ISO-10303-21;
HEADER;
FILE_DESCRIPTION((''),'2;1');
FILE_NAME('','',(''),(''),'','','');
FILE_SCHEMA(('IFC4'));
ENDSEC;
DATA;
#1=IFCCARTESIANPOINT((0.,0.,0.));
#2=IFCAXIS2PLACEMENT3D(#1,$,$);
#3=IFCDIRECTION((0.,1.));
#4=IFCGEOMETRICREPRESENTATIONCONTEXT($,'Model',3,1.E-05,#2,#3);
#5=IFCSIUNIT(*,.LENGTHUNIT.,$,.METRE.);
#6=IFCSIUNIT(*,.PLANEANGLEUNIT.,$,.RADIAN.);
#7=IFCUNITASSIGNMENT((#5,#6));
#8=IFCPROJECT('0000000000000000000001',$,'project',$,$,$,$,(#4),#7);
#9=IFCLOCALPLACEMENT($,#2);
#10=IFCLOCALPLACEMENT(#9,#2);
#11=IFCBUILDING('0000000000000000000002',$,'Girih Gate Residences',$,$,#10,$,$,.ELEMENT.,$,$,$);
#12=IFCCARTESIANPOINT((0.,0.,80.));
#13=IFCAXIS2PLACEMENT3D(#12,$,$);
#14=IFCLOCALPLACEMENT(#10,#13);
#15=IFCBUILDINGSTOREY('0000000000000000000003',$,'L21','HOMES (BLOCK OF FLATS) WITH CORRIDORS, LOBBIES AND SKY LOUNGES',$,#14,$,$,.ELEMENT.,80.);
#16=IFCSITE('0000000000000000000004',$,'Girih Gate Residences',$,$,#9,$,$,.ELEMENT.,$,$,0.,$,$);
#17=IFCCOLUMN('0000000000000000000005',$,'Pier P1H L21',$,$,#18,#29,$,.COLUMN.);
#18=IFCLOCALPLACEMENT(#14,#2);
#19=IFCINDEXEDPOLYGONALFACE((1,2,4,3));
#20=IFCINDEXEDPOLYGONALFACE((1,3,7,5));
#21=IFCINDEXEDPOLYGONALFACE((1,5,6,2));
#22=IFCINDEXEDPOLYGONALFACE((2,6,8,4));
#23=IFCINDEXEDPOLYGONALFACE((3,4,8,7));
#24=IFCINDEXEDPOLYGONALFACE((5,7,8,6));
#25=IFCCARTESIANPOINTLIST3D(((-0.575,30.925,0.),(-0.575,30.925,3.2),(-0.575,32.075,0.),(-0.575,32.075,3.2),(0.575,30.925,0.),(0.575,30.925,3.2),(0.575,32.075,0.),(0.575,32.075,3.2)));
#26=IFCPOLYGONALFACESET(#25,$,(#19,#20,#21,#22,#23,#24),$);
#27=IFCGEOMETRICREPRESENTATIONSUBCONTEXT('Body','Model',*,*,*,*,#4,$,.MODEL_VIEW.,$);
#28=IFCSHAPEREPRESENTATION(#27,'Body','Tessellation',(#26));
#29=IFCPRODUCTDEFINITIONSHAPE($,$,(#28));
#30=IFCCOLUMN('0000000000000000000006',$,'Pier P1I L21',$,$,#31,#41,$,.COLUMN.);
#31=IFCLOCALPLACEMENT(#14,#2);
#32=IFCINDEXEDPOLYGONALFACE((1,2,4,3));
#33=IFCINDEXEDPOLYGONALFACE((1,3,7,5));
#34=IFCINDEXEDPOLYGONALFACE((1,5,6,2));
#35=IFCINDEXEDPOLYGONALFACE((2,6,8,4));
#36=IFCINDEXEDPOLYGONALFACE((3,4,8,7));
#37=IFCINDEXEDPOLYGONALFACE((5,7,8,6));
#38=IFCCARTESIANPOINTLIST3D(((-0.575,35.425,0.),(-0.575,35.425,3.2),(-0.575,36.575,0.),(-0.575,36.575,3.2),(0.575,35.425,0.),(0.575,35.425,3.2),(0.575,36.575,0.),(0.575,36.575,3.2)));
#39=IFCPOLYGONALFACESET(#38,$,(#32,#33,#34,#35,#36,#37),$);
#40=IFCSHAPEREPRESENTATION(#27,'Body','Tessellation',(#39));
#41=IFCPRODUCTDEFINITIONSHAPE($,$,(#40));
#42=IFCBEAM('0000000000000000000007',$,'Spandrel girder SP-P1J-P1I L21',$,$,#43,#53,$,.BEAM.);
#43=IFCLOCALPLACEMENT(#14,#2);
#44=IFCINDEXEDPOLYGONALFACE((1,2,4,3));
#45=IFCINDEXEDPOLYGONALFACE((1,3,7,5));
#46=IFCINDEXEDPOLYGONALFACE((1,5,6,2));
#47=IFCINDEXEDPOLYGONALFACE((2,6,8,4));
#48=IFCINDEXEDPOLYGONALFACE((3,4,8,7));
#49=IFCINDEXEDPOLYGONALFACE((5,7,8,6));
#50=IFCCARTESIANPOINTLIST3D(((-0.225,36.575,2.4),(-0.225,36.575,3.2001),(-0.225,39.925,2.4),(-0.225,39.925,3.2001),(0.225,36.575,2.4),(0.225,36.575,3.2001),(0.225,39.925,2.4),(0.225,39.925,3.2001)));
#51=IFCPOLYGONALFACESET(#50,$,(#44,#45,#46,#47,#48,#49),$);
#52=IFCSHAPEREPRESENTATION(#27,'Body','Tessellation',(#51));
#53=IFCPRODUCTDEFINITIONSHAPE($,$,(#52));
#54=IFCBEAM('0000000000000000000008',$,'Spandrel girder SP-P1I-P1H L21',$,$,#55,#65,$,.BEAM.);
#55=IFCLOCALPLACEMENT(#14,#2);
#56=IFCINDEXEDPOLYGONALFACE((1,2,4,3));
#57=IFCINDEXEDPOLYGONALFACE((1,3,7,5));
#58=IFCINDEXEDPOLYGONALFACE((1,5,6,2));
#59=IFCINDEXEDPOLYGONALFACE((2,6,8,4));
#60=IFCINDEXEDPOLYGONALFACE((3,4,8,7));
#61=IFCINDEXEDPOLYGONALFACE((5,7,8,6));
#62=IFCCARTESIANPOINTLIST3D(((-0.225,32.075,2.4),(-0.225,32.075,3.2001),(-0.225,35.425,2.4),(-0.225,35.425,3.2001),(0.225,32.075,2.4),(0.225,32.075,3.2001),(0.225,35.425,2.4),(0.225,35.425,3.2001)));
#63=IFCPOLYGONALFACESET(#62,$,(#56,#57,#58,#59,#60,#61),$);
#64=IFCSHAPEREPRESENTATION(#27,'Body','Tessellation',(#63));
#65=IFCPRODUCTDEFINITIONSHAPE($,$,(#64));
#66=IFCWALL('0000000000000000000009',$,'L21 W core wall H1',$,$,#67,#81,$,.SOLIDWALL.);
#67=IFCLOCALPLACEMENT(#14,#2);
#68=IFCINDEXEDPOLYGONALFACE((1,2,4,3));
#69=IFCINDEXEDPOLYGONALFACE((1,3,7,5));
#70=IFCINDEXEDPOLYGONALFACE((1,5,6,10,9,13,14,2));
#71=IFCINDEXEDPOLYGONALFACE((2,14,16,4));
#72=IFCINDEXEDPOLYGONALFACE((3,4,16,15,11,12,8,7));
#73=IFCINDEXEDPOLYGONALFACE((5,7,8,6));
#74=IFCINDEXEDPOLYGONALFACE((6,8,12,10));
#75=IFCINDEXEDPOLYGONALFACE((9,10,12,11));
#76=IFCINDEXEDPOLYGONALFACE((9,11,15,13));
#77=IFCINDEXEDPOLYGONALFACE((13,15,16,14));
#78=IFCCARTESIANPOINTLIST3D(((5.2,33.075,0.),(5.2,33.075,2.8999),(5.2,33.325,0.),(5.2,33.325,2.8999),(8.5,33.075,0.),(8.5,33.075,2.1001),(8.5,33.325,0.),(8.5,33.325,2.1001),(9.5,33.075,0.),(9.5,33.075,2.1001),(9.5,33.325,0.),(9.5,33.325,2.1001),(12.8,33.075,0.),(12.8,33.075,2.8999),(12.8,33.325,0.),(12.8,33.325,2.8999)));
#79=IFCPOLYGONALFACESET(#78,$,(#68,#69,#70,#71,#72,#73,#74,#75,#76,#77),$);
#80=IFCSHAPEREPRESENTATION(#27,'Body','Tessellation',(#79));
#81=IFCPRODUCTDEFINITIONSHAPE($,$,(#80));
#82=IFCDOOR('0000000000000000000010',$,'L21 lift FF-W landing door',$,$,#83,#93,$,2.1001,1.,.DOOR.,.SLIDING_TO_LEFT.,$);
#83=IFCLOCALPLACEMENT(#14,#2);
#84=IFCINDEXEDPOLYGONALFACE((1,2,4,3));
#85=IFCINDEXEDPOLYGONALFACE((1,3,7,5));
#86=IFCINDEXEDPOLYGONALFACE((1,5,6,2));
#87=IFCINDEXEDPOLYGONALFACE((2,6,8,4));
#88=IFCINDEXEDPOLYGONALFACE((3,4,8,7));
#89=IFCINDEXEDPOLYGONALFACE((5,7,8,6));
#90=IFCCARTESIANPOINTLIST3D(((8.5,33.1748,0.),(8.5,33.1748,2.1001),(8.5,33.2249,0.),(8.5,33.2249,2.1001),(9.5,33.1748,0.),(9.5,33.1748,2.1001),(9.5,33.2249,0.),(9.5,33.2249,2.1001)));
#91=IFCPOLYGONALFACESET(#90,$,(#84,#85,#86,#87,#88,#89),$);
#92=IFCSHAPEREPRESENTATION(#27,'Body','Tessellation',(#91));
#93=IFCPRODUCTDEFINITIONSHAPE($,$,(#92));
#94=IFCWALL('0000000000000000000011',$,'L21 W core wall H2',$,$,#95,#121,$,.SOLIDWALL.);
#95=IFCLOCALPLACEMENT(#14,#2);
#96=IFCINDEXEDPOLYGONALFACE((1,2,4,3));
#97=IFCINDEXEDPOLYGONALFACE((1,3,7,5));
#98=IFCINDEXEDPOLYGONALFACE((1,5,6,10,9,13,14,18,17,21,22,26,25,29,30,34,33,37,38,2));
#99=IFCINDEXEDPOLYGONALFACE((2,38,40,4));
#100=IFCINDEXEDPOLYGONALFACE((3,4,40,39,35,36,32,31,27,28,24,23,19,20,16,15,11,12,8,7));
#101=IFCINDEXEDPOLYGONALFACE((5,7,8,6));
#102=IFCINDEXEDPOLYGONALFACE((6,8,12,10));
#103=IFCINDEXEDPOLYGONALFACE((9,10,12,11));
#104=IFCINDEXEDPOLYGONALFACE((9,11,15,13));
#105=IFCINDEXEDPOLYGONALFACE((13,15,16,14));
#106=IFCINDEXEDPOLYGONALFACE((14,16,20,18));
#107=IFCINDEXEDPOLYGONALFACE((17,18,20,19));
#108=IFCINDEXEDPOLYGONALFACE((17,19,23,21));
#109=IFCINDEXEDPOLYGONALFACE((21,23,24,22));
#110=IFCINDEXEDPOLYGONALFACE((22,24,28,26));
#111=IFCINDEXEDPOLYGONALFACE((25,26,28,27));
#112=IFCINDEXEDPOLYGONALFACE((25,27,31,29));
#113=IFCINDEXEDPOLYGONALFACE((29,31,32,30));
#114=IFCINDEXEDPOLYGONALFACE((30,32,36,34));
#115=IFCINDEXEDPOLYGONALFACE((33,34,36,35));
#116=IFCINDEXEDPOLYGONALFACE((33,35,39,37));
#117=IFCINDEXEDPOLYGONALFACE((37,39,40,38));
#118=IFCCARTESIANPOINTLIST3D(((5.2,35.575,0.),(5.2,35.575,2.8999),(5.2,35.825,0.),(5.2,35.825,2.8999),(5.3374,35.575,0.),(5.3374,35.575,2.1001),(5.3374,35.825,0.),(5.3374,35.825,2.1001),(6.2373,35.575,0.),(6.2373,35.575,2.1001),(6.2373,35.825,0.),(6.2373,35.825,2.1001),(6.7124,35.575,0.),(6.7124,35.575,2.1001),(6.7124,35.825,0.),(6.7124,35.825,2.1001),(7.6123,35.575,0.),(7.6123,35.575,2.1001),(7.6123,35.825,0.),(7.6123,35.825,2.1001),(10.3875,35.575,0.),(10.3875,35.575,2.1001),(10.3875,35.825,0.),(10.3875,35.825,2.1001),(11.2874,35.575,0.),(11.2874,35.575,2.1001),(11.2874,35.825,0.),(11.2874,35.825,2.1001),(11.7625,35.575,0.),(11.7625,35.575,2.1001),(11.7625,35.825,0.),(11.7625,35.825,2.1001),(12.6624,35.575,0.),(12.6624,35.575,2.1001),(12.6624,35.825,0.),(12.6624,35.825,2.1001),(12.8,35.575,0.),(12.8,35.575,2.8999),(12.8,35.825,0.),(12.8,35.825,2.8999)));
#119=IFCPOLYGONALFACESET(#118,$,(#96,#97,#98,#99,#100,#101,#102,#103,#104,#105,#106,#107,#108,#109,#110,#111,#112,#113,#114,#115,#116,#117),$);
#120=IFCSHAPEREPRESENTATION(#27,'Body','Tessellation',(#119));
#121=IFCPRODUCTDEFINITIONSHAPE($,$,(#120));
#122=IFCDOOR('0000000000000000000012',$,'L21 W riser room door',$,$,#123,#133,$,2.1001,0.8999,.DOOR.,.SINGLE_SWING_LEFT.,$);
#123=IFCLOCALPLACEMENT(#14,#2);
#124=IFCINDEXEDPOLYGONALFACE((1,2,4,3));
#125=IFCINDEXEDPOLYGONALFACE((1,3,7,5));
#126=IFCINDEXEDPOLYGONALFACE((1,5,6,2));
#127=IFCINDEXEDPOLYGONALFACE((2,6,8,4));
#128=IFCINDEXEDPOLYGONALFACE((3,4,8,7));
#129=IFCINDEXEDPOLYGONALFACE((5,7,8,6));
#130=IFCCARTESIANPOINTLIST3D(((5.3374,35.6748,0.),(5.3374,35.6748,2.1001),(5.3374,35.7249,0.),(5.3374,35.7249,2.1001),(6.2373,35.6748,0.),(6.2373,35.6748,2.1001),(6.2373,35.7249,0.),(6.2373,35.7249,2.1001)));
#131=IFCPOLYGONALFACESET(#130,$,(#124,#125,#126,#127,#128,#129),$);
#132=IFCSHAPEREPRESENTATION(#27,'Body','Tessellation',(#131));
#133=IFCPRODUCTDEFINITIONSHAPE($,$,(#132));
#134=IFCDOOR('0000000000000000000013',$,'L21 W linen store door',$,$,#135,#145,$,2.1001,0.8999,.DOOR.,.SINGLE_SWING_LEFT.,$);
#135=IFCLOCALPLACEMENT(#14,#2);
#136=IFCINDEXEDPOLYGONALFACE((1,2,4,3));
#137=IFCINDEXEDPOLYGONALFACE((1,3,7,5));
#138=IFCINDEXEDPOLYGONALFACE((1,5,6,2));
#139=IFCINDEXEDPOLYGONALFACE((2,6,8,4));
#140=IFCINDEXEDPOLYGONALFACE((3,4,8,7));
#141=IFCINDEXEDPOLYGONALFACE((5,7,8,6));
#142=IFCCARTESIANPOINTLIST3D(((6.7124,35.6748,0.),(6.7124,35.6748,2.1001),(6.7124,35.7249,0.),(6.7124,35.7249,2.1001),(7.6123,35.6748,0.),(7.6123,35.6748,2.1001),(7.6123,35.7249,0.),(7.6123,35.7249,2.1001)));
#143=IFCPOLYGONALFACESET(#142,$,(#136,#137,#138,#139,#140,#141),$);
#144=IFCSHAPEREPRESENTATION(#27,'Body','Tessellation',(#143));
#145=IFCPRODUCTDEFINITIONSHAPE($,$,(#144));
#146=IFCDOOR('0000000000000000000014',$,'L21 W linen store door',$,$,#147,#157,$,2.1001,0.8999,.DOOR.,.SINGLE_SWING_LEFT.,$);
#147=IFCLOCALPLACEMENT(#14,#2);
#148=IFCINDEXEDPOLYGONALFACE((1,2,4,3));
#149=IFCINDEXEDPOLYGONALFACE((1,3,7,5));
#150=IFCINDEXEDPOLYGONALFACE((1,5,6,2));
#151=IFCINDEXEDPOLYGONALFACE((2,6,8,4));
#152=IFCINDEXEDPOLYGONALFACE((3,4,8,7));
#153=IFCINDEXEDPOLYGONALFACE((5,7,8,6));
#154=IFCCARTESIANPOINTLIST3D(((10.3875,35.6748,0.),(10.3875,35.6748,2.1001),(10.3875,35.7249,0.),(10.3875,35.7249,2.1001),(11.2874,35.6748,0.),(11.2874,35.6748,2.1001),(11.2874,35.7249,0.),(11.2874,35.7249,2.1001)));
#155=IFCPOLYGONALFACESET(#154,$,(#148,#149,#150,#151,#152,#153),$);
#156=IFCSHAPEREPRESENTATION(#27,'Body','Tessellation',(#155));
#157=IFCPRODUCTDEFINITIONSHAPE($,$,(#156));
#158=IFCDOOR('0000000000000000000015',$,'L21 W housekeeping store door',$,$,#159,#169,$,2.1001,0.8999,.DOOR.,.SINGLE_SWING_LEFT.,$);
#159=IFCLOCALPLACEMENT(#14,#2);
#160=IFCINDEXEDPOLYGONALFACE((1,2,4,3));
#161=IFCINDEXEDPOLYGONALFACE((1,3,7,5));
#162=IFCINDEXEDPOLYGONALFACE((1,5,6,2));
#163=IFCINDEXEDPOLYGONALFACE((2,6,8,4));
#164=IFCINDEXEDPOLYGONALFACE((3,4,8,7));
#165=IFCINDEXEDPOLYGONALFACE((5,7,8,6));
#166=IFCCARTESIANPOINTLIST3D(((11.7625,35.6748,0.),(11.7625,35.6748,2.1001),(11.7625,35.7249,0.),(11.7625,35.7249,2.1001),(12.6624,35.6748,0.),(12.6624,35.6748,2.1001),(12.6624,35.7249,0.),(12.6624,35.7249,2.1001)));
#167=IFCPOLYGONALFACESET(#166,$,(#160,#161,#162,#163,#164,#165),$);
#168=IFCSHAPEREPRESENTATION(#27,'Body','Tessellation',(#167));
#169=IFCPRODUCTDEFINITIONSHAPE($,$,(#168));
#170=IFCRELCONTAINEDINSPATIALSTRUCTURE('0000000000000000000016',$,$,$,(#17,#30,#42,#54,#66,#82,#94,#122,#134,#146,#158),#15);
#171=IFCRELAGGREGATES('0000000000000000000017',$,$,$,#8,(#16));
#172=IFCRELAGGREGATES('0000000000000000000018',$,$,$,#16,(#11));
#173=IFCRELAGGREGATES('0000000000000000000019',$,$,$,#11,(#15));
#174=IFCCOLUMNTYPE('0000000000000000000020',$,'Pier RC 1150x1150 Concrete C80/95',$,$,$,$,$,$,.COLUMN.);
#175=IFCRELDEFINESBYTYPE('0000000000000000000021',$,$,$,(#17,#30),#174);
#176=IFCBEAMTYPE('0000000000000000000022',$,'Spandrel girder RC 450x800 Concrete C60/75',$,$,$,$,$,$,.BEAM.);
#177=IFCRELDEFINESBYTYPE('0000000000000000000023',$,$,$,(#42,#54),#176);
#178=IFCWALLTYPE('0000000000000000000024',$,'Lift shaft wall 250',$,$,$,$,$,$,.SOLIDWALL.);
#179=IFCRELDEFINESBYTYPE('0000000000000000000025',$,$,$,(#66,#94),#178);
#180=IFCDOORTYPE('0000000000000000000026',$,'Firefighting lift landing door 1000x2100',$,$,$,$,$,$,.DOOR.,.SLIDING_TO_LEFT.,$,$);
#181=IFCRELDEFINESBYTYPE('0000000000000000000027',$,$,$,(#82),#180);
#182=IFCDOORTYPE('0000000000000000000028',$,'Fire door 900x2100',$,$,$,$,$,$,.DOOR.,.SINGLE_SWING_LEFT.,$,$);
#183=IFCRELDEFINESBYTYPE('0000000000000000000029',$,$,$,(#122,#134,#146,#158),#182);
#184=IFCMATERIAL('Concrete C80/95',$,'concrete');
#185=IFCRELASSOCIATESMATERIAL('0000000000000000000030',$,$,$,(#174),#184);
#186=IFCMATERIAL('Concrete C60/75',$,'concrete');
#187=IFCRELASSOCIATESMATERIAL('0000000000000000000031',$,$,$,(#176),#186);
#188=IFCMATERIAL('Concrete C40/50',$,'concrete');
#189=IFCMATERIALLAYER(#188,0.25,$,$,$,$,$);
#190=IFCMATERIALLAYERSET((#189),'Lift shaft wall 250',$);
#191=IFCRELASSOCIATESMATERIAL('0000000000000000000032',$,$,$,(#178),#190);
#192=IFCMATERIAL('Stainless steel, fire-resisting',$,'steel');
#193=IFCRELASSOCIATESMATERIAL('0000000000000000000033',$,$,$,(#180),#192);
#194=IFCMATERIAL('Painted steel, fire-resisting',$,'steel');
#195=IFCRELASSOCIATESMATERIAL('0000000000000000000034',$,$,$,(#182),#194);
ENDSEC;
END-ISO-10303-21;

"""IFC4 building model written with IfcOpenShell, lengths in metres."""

from ifc_helpers import new_model, si_unit, direction, frame, frame_2d, origin, origin_2d, place, context, subcontext, project, spatial, rectangle, extrude, material, layer, layer_set, material_profile, profile_set, type_object, element, fill, save


model = new_model("IFC4")

# Units and contexts
model_context = context("Model", 3, precision=1e-05, world=origin(), true_north=direction((0.0, 1.0)))
body_context = subcontext(model_context, "Body", "Model", "MODEL_VIEW")
ifc_project = project(units=[si_unit("LENGTHUNIT", "METRE"), si_unit("PLANEANGLEUNIT", "RADIAN")], contexts=[model_context])

# Site, building, storey
site_placement = place(None, origin())
site = spatial("IfcSite", under=ifc_project, at=site_placement, Name="Girih Gate Residences", CompositionType="ELEMENT", RefElevation=0.0)
building_placement = place(site_placement, origin())
building = spatial("IfcBuilding", under=site, at=building_placement, Name="Girih Gate Residences", CompositionType="ELEMENT")
storey_placement = place(building_placement, frame((0.0, 0.0, 80.0)))
storey = spatial("IfcBuildingStorey", under=building, at=storey_placement, Name="L21", Description="HOMES (BLOCK OF FLATS) WITH CORRIDORS, LOBBIES AND SKY LOUNGES", CompositionType="ELEMENT", Elevation=80.0)

# Columns
ifc_material_1 = material(Name="Concrete C80/95", Category="concrete")
ifc_material_profile_1 = material_profile(ifc_material_1, rectangle(XDim=1.1499, YDim=1.1499, at=origin_2d()))
ifc_profile_set_1 = profile_set([ifc_material_profile_1], Name="Concrete C80/95")
column_type = type_object("IfcColumnType", Name="Pier RC 1150x1150 Concrete C80/95", PredefinedType="COLUMN", material=ifc_profile_set_1)
for number, where, z_axis, x_axis, name in (
    (1, (0.0, 31.5, 0.0), (0.0, 0.0, 1.0), (1.0, 0.0, 0.0), "Pier P1H L21"),
    (2, (0.0, 36.0, 0.0), (0.0, 0.0, 1.0), (1.0, 0.0, 0.0), "Pier P1I L21"),
):
    element("IfcColumn", number, at=place(storey_placement, frame(where, z_axis=z_axis, x_axis=x_axis)), inside=storey, type_object=column_type, Name=name, PredefinedType="COLUMN", context=body_context, shape_type="SweptSolid", body=[
        extrude(rectangle(XDim=1.1499, YDim=1.1499, at=origin_2d()), origin(), (0.0, 0.0, 1.0), 3.2),
    ])

# Beams
ifc_material_2 = material(Name="Concrete C60/75", Category="concrete")
ifc_material_profile_2 = material_profile(ifc_material_2, rectangle(XDim=0.45, YDim=0.8, at=origin_2d()))
ifc_profile_set_2 = profile_set([ifc_material_profile_2], Name="Concrete C60/75")
beam_type = type_object("IfcBeamType", Name="Spandrel girder RC 450x800 Concrete C60/75", PredefinedType="BEAM", material=ifc_profile_set_2)
for number, where, z_axis, x_axis, name in (
    (3, (0.0, 39.925, 2.8), (0.0, -1.0, 0.0), (1.0, 0.0, 0.0), "Spandrel girder SP-P1J-P1I L21"),
    (4, (0.0, 35.425, 2.8), (0.0, -1.0, 0.0), (1.0, 0.0, 0.0), "Spandrel girder SP-P1I-P1H L21"),
):
    element("IfcBeam", number, at=place(storey_placement, frame(where, z_axis=z_axis, x_axis=x_axis)), inside=storey, type_object=beam_type, Name=name, PredefinedType="BEAM", context=body_context, shape_type="SweptSolid", body=[
        extrude(rectangle(XDim=0.45, YDim=0.8, at=origin_2d()), origin(), (0.0, 0.0, 1.0), 3.3501),
    ])

# Wall, opening, door
ifc_material_3 = material(Name="Concrete C40/50", Category="concrete")
ifc_layer_1 = layer(ifc_material_3, 0.25)
ifc_layer_set_1 = layer_set([ifc_layer_1], Name="Lift shaft wall 250")
wall_type_1 = type_object("IfcWallType", Name="Lift shaft wall 250", PredefinedType="SOLIDWALL", material=ifc_layer_set_1)
wall_1_placement = place(storey_placement, frame((5.2, 33.2, 0.0), z_axis=(0.0, 0.0, 1.0), x_axis=(1.0, 0.0, 0.0)))
wall_1 = element("IfcWall", 5, at=wall_1_placement, inside=storey, type_object=wall_type_1, Name="L21 W core wall H1", PredefinedType="SOLIDWALL", context=body_context, shape_type="SweptSolid", body=[
    extrude(rectangle(XDim=7.6001, YDim=0.25, at=frame_2d((3.8, 0.0))), origin(), (0.0, 0.0, 1.0), 2.8999),
])
opening_1_placement = place(wall_1_placement, frame((3.3, 0.0, 0.0)))
opening_1 = element("IfcOpeningElement", 6, at=opening_1_placement, cuts=wall_1, PredefinedType="OPENING", context=body_context, shape_type="SweptSolid", body=[
    extrude(rectangle(XDim=1.0, YDim=2.1001, at=frame_2d((0.5, 1.05))), frame((0.0, 0.135, 0.0), z_axis=(0.0, -1.0, 0.0), x_axis=(1.0, 0.0, 0.0)), (0.0, 0.0, 1.0), 0.27),
])
ifc_material_4 = material(Name="Stainless steel, fire-resisting", Category="steel")
door_type_1 = type_object("IfcDoorType", Name="Firefighting lift landing door 1000x2100", OperationType="SLIDING_TO_LEFT", PredefinedType="DOOR", material=ifc_material_4)
door_1_placement = place(opening_1_placement, origin())
door_1 = element("IfcDoor", 7, at=door_1_placement, inside=storey, type_object=door_type_1, Name="L21 lift FF-W landing door", OperationType="SLIDING_TO_LEFT", OverallHeight=2.1001, OverallWidth=1.0, PredefinedType="DOOR", context=body_context, shape_type="SweptSolid", body=[
    extrude(rectangle(XDim=1.0, YDim=2.1001, at=frame_2d((0.5, 1.05))), frame((0.0, 0.0249, 0.0), z_axis=(0.0, -1.0, 0.0), x_axis=(1.0, 0.0, 0.0)), (0.0, 0.0, 1.0), 0.05),
])
fill(opening_1, door_1)

# Wall, openings, doors
wall_2_placement = place(storey_placement, frame((5.2, 35.7, 0.0), z_axis=(0.0, 0.0, 1.0), x_axis=(1.0, 0.0, 0.0)))
wall_2 = element("IfcWall", 8, at=wall_2_placement, inside=storey, type_object=wall_type_1, Name="L21 W core wall H2", PredefinedType="SOLIDWALL", context=body_context, shape_type="SweptSolid", body=[
    extrude(rectangle(XDim=7.6001, YDim=0.25, at=frame_2d((3.8, 0.0))), origin(), (0.0, 0.0, 1.0), 2.8999),
])
opening_2_placement = place(wall_2_placement, frame((0.1375, 0.0, 0.0)))
opening_2 = element("IfcOpeningElement", 9, at=opening_2_placement, cuts=wall_2, PredefinedType="OPENING", context=body_context, shape_type="SweptSolid", body=[
    extrude(rectangle(XDim=0.8999, YDim=2.1001, at=frame_2d((0.45, 1.05))), frame((0.0, 0.135, 0.0), z_axis=(0.0, -1.0, 0.0), x_axis=(1.0, 0.0, 0.0)), (0.0, 0.0, 1.0), 0.27),
])
opening_3_placement = place(wall_2_placement, frame((1.5125, 0.0, 0.0)))
opening_3 = element("IfcOpeningElement", 10, at=opening_3_placement, cuts=wall_2, PredefinedType="OPENING", context=body_context, shape_type="SweptSolid", body=[
    extrude(rectangle(XDim=0.8999, YDim=2.1001, at=frame_2d((0.45, 1.05))), frame((0.0, 0.135, 0.0), z_axis=(0.0, -1.0, 0.0), x_axis=(1.0, 0.0, 0.0)), (0.0, 0.0, 1.0), 0.27),
])
opening_4_placement = place(wall_2_placement, frame((5.1875, 0.0, 0.0)))
opening_4 = element("IfcOpeningElement", 11, at=opening_4_placement, cuts=wall_2, PredefinedType="OPENING", context=body_context, shape_type="SweptSolid", body=[
    extrude(rectangle(XDim=0.8999, YDim=2.1001, at=frame_2d((0.45, 1.05))), frame((0.0, 0.135, 0.0), z_axis=(0.0, -1.0, 0.0), x_axis=(1.0, 0.0, 0.0)), (0.0, 0.0, 1.0), 0.27),
])
opening_5_placement = place(wall_2_placement, frame((6.5625, 0.0, 0.0)))
opening_5 = element("IfcOpeningElement", 12, at=opening_5_placement, cuts=wall_2, PredefinedType="OPENING", context=body_context, shape_type="SweptSolid", body=[
    extrude(rectangle(XDim=0.8999, YDim=2.1001, at=frame_2d((0.45, 1.05))), frame((0.0, 0.135, 0.0), z_axis=(0.0, -1.0, 0.0), x_axis=(1.0, 0.0, 0.0)), (0.0, 0.0, 1.0), 0.27),
])
ifc_material_5 = material(Name="Painted steel, fire-resisting", Category="steel")
door_type_2 = type_object("IfcDoorType", Name="Fire door 900x2100", OperationType="SINGLE_SWING_LEFT", PredefinedType="DOOR", material=ifc_material_5)
door_2_placement = place(opening_2_placement, origin())
door_2 = element("IfcDoor", 13, at=door_2_placement, inside=storey, type_object=door_type_2, Name="L21 W riser room door", OperationType="SINGLE_SWING_LEFT", OverallHeight=2.1001, OverallWidth=0.8999, PredefinedType="DOOR", context=body_context, shape_type="SweptSolid", body=[
    extrude(rectangle(XDim=0.8999, YDim=2.1001, at=frame_2d((0.45, 1.05))), frame((0.0, 0.0249, 0.0), z_axis=(0.0, -1.0, 0.0), x_axis=(1.0, 0.0, 0.0)), (0.0, 0.0, 1.0), 0.05),
])
fill(opening_2, door_2)
door_3_placement = place(opening_3_placement, origin())
door_3 = element("IfcDoor", 14, at=door_3_placement, inside=storey, type_object=door_type_2, Name="L21 W linen store door", OperationType="SINGLE_SWING_LEFT", OverallHeight=2.1001, OverallWidth=0.8999, PredefinedType="DOOR", context=body_context, shape_type="SweptSolid", body=[
    extrude(rectangle(XDim=0.8999, YDim=2.1001, at=frame_2d((0.45, 1.05))), frame((0.0, 0.0249, 0.0), z_axis=(0.0, -1.0, 0.0), x_axis=(1.0, 0.0, 0.0)), (0.0, 0.0, 1.0), 0.05),
])
fill(opening_3, door_3)
door_4_placement = place(opening_4_placement, origin())
door_4 = element("IfcDoor", 15, at=door_4_placement, inside=storey, type_object=door_type_2, Name="L21 W linen store door", OperationType="SINGLE_SWING_LEFT", OverallHeight=2.1001, OverallWidth=0.8999, PredefinedType="DOOR", context=body_context, shape_type="SweptSolid", body=[
    extrude(rectangle(XDim=0.8999, YDim=2.1001, at=frame_2d((0.45, 1.05))), frame((0.0, 0.0249, 0.0), z_axis=(0.0, -1.0, 0.0), x_axis=(1.0, 0.0, 0.0)), (0.0, 0.0, 1.0), 0.05),
])
fill(opening_4, door_4)
door_5_placement = place(opening_5_placement, origin())
door_5 = element("IfcDoor", 16, at=door_5_placement, inside=storey, type_object=door_type_2, Name="L21 W housekeeping store door", OperationType="SINGLE_SWING_LEFT", OverallHeight=2.1001, OverallWidth=0.8999, PredefinedType="DOOR", context=body_context, shape_type="SweptSolid", body=[
    extrude(rectangle(XDim=0.8999, YDim=2.1001, at=frame_2d((0.45, 1.05))), frame((0.0, 0.0249, 0.0), z_axis=(0.0, -1.0, 0.0), x_axis=(1.0, 0.0, 0.0)), (0.0, 0.0, 1.0), 0.05),
])
fill(opening_5, door_5)

save(model, "model.ifc")
